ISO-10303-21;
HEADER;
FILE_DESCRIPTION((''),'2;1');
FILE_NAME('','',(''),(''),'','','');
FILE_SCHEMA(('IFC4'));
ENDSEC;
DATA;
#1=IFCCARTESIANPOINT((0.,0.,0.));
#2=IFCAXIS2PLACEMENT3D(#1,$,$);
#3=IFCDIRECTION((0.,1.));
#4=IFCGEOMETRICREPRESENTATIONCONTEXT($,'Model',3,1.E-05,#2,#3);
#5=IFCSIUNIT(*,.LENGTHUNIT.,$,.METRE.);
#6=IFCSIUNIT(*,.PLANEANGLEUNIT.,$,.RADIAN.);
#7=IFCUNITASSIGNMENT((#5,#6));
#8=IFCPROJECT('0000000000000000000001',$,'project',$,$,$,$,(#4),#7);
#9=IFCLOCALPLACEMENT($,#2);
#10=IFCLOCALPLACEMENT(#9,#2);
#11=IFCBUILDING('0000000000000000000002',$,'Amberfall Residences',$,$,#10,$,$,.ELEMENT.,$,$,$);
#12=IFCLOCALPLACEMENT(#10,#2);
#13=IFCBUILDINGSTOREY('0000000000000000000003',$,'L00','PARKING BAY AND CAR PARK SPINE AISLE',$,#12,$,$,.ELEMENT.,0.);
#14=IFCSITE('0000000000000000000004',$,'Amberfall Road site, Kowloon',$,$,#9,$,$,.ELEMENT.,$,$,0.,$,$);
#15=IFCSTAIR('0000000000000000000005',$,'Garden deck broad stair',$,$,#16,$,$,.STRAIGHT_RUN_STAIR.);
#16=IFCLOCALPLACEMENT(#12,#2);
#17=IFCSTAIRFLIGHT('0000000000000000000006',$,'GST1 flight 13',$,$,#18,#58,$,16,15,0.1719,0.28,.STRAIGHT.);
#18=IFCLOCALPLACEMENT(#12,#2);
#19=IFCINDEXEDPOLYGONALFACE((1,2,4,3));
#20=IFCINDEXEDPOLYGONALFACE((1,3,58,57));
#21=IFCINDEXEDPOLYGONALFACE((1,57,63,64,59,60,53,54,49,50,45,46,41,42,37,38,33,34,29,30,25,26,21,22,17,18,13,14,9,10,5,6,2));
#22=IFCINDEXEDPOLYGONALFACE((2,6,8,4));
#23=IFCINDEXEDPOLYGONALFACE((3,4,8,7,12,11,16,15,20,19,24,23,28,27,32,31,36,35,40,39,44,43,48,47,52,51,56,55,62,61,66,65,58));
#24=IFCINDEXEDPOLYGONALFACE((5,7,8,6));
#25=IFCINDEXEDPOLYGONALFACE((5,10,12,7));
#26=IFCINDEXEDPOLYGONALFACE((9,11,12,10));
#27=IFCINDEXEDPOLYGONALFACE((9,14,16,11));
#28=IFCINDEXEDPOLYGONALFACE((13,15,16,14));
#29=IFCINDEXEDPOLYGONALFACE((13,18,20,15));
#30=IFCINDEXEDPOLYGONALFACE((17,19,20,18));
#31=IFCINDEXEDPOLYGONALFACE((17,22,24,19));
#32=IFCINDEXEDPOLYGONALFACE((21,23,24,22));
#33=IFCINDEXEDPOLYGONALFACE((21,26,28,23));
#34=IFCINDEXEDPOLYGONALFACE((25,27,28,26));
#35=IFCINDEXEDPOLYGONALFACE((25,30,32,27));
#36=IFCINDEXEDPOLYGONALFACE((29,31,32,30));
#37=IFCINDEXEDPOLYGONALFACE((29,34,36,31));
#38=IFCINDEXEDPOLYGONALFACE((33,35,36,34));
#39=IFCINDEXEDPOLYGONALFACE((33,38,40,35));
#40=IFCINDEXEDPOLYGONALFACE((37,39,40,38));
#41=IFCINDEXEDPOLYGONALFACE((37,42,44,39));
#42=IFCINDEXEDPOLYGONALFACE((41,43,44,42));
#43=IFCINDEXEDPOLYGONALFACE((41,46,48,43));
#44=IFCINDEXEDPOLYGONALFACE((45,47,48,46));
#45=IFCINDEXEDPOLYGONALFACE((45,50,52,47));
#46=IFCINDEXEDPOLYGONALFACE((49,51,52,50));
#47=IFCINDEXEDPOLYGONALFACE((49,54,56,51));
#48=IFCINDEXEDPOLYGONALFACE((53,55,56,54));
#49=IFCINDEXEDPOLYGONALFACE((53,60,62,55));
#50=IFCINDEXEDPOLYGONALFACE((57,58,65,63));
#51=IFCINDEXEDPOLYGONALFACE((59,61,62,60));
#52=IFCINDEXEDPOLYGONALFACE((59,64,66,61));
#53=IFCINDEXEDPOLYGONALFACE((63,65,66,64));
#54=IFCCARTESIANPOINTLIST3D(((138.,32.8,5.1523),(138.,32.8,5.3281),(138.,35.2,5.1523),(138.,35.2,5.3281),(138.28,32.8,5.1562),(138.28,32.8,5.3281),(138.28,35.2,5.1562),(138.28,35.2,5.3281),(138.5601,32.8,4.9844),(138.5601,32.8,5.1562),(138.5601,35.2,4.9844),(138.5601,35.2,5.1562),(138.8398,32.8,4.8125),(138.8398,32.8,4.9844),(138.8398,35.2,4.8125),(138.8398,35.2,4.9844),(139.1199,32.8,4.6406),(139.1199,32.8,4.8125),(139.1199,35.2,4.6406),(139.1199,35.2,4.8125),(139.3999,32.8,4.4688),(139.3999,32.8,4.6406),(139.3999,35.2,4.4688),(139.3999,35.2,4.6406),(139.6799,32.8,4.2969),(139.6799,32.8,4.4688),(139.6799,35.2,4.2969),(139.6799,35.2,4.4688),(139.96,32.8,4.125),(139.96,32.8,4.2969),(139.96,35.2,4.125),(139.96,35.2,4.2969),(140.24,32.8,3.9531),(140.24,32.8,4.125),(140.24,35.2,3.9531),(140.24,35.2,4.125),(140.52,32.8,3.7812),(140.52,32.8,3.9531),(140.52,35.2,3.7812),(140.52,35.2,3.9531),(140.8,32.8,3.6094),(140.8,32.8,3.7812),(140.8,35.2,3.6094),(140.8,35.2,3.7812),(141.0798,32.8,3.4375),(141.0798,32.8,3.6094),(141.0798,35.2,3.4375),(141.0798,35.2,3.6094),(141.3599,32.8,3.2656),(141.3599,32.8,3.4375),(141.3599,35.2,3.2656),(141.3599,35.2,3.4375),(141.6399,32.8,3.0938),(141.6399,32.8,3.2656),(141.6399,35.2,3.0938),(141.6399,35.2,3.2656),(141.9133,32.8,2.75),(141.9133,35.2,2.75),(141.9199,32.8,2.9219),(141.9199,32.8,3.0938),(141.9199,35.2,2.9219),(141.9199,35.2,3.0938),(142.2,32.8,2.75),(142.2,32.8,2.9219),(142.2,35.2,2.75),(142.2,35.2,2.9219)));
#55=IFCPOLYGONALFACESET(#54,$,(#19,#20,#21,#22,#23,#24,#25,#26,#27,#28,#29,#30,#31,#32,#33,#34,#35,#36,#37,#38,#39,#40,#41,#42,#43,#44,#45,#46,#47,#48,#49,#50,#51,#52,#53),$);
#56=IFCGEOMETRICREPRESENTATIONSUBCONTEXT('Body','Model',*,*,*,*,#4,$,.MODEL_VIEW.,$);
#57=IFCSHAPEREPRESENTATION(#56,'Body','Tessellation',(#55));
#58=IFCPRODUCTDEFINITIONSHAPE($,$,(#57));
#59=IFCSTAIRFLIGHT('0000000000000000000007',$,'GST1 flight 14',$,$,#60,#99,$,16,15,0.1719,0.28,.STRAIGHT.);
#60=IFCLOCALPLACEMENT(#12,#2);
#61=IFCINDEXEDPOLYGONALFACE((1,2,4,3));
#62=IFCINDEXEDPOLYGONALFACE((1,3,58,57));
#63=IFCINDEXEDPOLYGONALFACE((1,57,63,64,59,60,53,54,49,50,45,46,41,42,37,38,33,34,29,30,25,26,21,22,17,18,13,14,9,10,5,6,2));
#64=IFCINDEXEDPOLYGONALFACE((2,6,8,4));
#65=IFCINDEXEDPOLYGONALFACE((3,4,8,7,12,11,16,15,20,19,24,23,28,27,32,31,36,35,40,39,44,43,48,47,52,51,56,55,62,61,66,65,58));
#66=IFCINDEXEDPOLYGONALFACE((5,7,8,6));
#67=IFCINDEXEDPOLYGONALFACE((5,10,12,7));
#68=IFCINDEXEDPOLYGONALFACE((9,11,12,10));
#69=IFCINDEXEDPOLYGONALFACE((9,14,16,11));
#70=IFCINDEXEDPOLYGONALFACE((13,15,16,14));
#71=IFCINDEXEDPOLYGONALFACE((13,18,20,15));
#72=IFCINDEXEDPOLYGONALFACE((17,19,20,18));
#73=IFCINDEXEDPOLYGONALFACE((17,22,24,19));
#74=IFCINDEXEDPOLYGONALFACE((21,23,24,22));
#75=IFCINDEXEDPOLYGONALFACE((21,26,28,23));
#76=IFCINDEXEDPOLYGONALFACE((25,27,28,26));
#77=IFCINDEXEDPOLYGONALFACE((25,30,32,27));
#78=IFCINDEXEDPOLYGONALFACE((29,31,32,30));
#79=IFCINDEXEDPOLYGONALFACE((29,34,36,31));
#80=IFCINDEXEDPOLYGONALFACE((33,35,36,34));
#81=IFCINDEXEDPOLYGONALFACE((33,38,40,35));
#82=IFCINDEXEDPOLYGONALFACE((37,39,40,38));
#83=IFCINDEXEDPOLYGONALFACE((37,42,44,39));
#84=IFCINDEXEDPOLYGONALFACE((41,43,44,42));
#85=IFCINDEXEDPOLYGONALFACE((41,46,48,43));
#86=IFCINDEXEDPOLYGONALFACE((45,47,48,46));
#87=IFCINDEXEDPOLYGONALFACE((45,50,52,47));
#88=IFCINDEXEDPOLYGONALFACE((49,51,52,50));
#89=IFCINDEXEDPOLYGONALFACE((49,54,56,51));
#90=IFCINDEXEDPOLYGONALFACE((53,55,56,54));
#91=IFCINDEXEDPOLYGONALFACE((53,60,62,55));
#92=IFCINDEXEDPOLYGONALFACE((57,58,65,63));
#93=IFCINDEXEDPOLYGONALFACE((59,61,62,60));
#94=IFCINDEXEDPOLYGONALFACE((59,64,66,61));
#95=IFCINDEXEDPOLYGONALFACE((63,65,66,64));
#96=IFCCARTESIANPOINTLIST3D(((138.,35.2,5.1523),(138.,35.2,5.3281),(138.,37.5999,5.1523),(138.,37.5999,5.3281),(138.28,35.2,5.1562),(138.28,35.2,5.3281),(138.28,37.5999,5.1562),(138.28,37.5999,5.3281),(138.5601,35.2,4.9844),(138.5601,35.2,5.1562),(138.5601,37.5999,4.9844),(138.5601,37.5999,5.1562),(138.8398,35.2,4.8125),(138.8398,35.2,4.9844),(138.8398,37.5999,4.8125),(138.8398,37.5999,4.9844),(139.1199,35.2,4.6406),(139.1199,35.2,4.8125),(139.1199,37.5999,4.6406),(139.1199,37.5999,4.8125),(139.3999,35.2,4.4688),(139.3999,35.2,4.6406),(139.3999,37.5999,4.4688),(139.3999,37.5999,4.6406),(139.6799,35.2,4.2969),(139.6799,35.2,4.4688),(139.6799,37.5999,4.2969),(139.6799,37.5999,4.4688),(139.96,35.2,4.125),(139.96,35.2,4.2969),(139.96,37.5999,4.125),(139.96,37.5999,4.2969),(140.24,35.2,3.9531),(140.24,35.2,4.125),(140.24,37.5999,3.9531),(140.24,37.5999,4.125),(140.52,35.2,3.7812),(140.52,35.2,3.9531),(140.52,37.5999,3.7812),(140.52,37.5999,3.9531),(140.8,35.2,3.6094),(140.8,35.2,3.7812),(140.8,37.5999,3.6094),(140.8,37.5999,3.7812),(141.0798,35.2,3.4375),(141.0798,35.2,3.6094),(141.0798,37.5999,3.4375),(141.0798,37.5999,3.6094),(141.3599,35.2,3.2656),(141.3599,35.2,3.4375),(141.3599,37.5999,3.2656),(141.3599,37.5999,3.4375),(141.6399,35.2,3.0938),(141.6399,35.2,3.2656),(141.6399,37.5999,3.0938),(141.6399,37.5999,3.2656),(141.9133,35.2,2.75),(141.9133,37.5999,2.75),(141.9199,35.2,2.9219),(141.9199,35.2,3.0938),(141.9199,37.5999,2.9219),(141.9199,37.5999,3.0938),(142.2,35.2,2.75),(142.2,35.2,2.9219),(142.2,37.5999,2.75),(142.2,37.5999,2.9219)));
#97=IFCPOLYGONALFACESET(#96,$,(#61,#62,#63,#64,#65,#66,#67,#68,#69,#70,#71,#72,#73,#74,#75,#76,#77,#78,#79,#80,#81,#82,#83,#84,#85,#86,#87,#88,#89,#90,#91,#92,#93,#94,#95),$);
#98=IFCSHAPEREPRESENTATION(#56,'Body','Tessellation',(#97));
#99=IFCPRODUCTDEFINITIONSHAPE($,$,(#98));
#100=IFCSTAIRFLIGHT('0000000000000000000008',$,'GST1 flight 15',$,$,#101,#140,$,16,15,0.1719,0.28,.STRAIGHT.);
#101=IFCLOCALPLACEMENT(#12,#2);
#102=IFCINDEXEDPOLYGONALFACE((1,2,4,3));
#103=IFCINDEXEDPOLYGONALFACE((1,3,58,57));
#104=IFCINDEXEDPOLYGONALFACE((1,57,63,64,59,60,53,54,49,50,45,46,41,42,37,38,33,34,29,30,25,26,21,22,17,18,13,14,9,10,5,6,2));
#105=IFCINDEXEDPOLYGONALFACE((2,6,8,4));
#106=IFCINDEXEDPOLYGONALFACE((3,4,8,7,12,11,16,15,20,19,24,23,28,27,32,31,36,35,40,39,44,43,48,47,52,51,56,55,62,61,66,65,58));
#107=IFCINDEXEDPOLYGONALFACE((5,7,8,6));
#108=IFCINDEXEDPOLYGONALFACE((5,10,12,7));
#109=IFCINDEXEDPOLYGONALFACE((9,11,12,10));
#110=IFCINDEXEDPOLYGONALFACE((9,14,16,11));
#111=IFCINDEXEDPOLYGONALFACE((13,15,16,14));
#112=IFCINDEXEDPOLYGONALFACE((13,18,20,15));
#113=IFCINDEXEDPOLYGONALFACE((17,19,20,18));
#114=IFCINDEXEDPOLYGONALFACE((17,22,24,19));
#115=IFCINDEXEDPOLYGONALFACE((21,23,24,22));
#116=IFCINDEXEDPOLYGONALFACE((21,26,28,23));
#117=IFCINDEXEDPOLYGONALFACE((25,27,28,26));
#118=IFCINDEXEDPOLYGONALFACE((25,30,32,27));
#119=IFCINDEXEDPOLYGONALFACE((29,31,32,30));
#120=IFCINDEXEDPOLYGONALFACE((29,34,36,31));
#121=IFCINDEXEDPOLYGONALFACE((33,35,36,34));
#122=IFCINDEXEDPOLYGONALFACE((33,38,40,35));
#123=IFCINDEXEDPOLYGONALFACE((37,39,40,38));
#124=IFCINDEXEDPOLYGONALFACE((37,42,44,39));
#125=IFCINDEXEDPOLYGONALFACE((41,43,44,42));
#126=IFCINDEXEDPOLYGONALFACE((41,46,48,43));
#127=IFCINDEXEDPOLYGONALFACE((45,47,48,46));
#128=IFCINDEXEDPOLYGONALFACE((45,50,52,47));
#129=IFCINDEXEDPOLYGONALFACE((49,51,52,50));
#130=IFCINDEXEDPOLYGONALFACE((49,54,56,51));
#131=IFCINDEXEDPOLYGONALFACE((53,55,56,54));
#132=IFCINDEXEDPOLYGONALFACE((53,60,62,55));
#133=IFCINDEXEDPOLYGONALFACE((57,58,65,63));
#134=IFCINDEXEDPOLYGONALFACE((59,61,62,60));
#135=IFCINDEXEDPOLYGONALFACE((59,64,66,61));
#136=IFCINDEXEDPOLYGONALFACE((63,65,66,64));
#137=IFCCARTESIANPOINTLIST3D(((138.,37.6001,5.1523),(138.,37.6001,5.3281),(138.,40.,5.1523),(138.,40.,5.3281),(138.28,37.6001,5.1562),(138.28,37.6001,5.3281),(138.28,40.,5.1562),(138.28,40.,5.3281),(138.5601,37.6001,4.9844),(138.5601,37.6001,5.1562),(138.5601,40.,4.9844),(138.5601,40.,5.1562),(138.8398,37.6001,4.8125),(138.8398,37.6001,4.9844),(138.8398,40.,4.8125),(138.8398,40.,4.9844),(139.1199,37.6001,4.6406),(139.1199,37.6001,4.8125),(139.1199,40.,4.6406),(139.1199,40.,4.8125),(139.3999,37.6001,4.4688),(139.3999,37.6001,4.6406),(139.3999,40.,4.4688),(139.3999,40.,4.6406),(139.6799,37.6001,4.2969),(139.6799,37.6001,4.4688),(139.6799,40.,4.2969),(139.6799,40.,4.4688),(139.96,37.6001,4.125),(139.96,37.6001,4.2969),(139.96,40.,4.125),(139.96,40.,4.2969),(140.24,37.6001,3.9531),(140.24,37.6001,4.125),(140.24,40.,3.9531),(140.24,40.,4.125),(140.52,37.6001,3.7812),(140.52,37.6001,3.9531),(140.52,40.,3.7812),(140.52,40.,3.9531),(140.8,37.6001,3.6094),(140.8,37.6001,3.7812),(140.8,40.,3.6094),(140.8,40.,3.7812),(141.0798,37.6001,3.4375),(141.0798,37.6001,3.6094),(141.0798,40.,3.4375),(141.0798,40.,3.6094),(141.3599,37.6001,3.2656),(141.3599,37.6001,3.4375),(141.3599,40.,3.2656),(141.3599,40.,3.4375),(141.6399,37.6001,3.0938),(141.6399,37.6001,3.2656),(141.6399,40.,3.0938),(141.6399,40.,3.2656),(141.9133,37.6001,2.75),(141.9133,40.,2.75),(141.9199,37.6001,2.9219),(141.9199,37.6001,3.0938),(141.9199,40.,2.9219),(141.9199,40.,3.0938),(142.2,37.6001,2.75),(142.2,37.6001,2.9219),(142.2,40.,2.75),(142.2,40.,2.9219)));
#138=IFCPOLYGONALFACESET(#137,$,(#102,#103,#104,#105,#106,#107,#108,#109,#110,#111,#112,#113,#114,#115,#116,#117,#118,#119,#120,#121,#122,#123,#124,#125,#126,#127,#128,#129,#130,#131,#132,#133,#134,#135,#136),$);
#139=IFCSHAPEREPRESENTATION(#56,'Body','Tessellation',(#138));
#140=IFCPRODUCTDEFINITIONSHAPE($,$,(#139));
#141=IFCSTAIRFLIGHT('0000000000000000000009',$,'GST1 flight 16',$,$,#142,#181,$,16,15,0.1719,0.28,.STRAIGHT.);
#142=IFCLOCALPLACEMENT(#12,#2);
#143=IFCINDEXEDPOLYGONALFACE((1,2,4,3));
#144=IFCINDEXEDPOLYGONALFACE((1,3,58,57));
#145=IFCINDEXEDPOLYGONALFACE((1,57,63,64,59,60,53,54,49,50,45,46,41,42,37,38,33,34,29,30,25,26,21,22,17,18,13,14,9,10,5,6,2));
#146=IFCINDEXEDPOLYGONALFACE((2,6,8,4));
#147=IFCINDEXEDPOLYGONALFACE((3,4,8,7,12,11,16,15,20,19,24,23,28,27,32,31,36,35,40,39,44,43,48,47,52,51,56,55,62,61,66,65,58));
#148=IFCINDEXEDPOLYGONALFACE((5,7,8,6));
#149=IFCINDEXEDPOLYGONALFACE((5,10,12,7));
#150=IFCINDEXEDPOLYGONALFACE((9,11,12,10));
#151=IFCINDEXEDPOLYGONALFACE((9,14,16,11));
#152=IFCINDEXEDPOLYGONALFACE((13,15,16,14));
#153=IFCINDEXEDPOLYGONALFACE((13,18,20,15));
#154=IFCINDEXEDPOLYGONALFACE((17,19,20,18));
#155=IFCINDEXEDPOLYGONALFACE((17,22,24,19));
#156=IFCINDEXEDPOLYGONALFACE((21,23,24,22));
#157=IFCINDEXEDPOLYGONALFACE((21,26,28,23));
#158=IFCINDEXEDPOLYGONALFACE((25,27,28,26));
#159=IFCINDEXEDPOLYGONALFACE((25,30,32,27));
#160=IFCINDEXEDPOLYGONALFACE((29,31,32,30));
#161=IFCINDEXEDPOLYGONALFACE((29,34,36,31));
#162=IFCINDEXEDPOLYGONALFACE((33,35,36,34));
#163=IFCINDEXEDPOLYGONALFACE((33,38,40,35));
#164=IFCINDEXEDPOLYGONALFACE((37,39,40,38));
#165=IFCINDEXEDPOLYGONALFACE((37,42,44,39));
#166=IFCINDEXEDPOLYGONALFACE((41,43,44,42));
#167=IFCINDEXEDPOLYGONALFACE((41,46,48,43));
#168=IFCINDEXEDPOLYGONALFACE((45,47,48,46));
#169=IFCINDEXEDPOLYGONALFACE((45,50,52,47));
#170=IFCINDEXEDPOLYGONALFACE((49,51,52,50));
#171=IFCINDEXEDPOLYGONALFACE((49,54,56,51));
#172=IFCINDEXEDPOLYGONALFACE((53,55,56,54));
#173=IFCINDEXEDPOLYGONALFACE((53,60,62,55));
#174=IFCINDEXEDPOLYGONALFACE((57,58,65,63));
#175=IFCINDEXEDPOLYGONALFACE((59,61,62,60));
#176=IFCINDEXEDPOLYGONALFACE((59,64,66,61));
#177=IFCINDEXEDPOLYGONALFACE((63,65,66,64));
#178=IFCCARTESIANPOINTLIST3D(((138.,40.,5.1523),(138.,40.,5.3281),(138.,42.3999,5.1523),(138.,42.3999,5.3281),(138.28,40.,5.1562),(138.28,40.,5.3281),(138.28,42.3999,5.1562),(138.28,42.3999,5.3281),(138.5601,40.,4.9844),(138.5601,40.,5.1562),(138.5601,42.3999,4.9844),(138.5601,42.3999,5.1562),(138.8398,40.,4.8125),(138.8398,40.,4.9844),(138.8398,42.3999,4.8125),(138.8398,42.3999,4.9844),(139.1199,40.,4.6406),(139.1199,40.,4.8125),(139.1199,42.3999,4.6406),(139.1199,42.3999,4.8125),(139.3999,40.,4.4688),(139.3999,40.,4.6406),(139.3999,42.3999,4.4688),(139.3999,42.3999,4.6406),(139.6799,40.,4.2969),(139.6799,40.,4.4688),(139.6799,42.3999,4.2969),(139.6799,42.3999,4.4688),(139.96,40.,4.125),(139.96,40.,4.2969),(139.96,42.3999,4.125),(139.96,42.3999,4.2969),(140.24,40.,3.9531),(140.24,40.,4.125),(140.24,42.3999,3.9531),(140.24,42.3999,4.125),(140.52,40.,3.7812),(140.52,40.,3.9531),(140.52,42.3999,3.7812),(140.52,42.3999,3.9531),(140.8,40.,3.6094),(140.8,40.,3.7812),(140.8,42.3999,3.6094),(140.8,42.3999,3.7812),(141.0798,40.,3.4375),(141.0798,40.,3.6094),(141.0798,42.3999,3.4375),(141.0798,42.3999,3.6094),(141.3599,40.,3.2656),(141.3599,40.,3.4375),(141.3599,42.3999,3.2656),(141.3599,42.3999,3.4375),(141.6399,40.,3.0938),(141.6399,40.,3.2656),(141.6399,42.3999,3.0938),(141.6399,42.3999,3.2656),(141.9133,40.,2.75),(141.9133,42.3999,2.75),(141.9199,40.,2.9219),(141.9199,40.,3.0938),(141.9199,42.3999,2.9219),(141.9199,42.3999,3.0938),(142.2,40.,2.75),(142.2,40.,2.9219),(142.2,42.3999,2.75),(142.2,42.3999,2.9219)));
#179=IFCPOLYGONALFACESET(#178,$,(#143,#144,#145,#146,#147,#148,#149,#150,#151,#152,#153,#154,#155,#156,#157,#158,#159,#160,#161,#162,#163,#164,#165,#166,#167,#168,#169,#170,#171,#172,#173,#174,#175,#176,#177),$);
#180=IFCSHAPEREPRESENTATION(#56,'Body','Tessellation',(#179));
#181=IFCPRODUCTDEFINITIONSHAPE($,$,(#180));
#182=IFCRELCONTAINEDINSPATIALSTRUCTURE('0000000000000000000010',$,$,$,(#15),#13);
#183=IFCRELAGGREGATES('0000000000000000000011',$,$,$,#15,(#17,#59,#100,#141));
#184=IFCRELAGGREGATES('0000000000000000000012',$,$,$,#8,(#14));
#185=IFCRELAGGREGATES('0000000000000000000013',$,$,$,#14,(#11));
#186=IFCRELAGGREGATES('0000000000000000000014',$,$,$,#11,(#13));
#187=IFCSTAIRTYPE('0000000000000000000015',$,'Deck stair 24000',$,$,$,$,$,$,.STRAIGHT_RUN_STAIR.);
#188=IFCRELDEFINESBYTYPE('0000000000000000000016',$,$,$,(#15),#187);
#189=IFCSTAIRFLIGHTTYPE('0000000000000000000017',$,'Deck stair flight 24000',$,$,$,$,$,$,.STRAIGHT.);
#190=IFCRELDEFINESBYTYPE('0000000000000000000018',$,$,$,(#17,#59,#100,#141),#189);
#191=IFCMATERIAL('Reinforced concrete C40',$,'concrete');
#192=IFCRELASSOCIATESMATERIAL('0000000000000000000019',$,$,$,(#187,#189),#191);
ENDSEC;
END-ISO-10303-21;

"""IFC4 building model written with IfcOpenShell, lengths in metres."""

from ifc_helpers import new_model, si_unit, direction, frame, origin, place, context, subcontext, project, spatial, polyline, outline, extrude, material, type_object, element, aggregate, save


model = new_model("IFC4")

# Units and contexts
model_context = context("Model", 3, precision=1e-05, world=origin(), true_north=direction((0.0, 1.0)))
body_context = subcontext(model_context, "Body", "Model", "MODEL_VIEW")
ifc_project = project(units=[si_unit("LENGTHUNIT", "METRE"), si_unit("PLANEANGLEUNIT", "RADIAN")], contexts=[model_context])

# Site, building, storey
site_placement = place(None, origin())
site = spatial("IfcSite", under=ifc_project, at=site_placement, Name="Amberfall Road site, Kowloon", CompositionType="ELEMENT", RefElevation=0.0)
building_placement = place(site_placement, origin())
building = spatial("IfcBuilding", under=site, at=building_placement, Name="Amberfall Residences", CompositionType="ELEMENT")
storey_placement = place(building_placement, origin())
storey = spatial("IfcBuildingStorey", under=building, at=storey_placement, Name="L00", Description="PARKING BAY AND CAR PARK SPINE AISLE", CompositionType="ELEMENT", Elevation=0.0)

# Shared definitions
ifc_material_1 = material(Name="Reinforced concrete C40", Category="concrete")

# Stair, stair flights
stair_type = type_object("IfcStairType", Name="Deck stair 24000", PredefinedType="STRAIGHT_RUN_STAIR", material=ifc_material_1)
stair_placement = place(storey_placement, origin())
stair = element("IfcStair", 1, at=stair_placement, inside=storey, type_object=stair_type, Name="Garden deck broad stair", PredefinedType="STRAIGHT_RUN_STAIR")
stair_flight_type = type_object("IfcStairFlightType", Name="Deck stair flight 24000", PredefinedType="STRAIGHT", material=ifc_material_1)
stair_flight_1_placement = place(storey_placement, frame((142.2, 34.0, 2.75), z_axis=(0.0, 0.0, 1.0), x_axis=(-1.0, 0.0, 0.0)))
stair_flight_1 = element("IfcStairFlight", 2, at=stair_flight_1_placement, type_object=stair_flight_type, Name="GST1 flight 13", NumberOfRisers=16, NumberOfTreads=15, PredefinedType="STRAIGHT", RiserHeight=0.1719, TreadLength=0.28, context=body_context, shape_type="SweptSolid", body=[
    extrude(outline(polyline([(0.0, 0.0), (0.0, 0.1719), (0.28, 0.1719), (0.28, 0.3438), (0.5601, 0.3438), (0.5601, 0.5156), (0.8401, 0.5156), (0.8401, 0.6875), (1.1201, 0.6875), (1.1201, 0.8594), (1.3999, 0.8594), (1.3999, 1.0312), (1.6799, 1.0312), (1.6799, 1.2031), (1.96, 1.2031), (1.96, 1.375), (2.24, 1.375), (2.24, 1.5469), (2.52, 1.5469), (2.52, 1.7188), (2.8, 1.7188), (2.8, 1.8906), (3.0801, 1.8906), (3.0801, 2.0625), (3.3601, 2.0625), (3.3601, 2.2344), (3.6399, 2.2344), (3.6399, 2.4062), (3.9199, 2.4062), (3.9199, 2.5781), (4.2, 2.5781), (4.2, 2.75), (4.2, 2.4023), (0.2866, 0.0), (0.0, 0.0)])), frame((0.0, 1.2, 0.0), z_axis=(0.0, -1.0, 0.0), x_axis=(1.0, 0.0, 0.0)), (0.0, 0.0, 1.0), 2.3999),
])
stair_flight_2_placement = place(storey_placement, frame((142.2, 36.3999, 2.75), z_axis=(0.0, 0.0, 1.0), x_axis=(-1.0, 0.0, 0.0)))
stair_flight_2 = element("IfcStairFlight", 3, at=stair_flight_2_placement, type_object=stair_flight_type, Name="GST1 flight 14", NumberOfRisers=16, NumberOfTreads=15, PredefinedType="STRAIGHT", RiserHeight=0.1719, TreadLength=0.28, context=body_context, shape_type="SweptSolid", body=[
    extrude(outline(polyline([(0.0, 0.0), (0.0, 0.1719), (0.28, 0.1719), (0.28, 0.3438), (0.5601, 0.3438), (0.5601, 0.5156), (0.8401, 0.5156), (0.8401, 0.6875), (1.1201, 0.6875), (1.1201, 0.8594), (1.3999, 0.8594), (1.3999, 1.0312), (1.6799, 1.0312), (1.6799, 1.2031), (1.96, 1.2031), (1.96, 1.375), (2.24, 1.375), (2.24, 1.5469), (2.52, 1.5469), (2.52, 1.7188), (2.8, 1.7188), (2.8, 1.8906), (3.0801, 1.8906), (3.0801, 2.0625), (3.3601, 2.0625), (3.3601, 2.2344), (3.6399, 2.2344), (3.6399, 2.4062), (3.9199, 2.4062), (3.9199, 2.5781), (4.2, 2.5781), (4.2, 2.75), (4.2, 2.4023), (0.2866, 0.0), (0.0, 0.0)])), frame((0.0, 1.2, 0.0), z_axis=(0.0, -1.0, 0.0), x_axis=(1.0, 0.0, 0.0)), (0.0, 0.0, 1.0), 2.3999),
])
stair_flight_3_placement = place(storey_placement, frame((142.2, 38.8, 2.75), z_axis=(0.0, 0.0, 1.0), x_axis=(-1.0, 0.0, 0.0)))
stair_flight_3 = element("IfcStairFlight", 4, at=stair_flight_3_placement, type_object=stair_flight_type, Name="GST1 flight 15", NumberOfRisers=16, NumberOfTreads=15, PredefinedType="STRAIGHT", RiserHeight=0.1719, TreadLength=0.28, context=body_context, shape_type="SweptSolid", body=[
    extrude(outline(polyline([(0.0, 0.0), (0.0, 0.1719), (0.28, 0.1719), (0.28, 0.3438), (0.5601, 0.3438), (0.5601, 0.5156), (0.8401, 0.5156), (0.8401, 0.6875), (1.1201, 0.6875), (1.1201, 0.8594), (1.3999, 0.8594), (1.3999, 1.0312), (1.6799, 1.0312), (1.6799, 1.2031), (1.96, 1.2031), (1.96, 1.375), (2.24, 1.375), (2.24, 1.5469), (2.52, 1.5469), (2.52, 1.7188), (2.8, 1.7188), (2.8, 1.8906), (3.0801, 1.8906), (3.0801, 2.0625), (3.3601, 2.0625), (3.3601, 2.2344), (3.6399, 2.2344), (3.6399, 2.4062), (3.9199, 2.4062), (3.9199, 2.5781), (4.2, 2.5781), (4.2, 2.75), (4.2, 2.4023), (0.2866, 0.0), (0.0, 0.0)])), frame((0.0, 1.2, 0.0), z_axis=(0.0, -1.0, 0.0), x_axis=(1.0, 0.0, 0.0)), (0.0, 0.0, 1.0), 2.3999),
])
stair_flight_4_placement = place(storey_placement, frame((142.2, 41.2, 2.75), z_axis=(0.0, 0.0, 1.0), x_axis=(-1.0, 0.0, 0.0)))
stair_flight_4 = element("IfcStairFlight", 5, at=stair_flight_4_placement, type_object=stair_flight_type, Name="GST1 flight 16", NumberOfRisers=16, NumberOfTreads=15, PredefinedType="STRAIGHT", RiserHeight=0.1719, TreadLength=0.28, context=body_context, shape_type="SweptSolid", body=[
    extrude(outline(polyline([(0.0, 0.0), (0.0, 0.1719), (0.28, 0.1719), (0.28, 0.3438), (0.5601, 0.3438), (0.5601, 0.5156), (0.8401, 0.5156), (0.8401, 0.6875), (1.1201, 0.6875), (1.1201, 0.8594), (1.3999, 0.8594), (1.3999, 1.0312), (1.6799, 1.0312), (1.6799, 1.2031), (1.96, 1.2031), (1.96, 1.375), (2.24, 1.375), (2.24, 1.5469), (2.52, 1.5469), (2.52, 1.7188), (2.8, 1.7188), (2.8, 1.8906), (3.0801, 1.8906), (3.0801, 2.0625), (3.3601, 2.0625), (3.3601, 2.2344), (3.6399, 2.2344), (3.6399, 2.4062), (3.9199, 2.4062), (3.9199, 2.5781), (4.2, 2.5781), (4.2, 2.75), (4.2, 2.4023), (0.2866, 0.0), (0.0, 0.0)])), frame((0.0, 1.2, 0.0), z_axis=(0.0, -1.0, 0.0), x_axis=(1.0, 0.0, 0.0)), (0.0, 0.0, 1.0), 2.3999),
])
aggregate(stair, [stair_flight_1, stair_flight_2, stair_flight_3, stair_flight_4])

save(model, "model.ifc")
